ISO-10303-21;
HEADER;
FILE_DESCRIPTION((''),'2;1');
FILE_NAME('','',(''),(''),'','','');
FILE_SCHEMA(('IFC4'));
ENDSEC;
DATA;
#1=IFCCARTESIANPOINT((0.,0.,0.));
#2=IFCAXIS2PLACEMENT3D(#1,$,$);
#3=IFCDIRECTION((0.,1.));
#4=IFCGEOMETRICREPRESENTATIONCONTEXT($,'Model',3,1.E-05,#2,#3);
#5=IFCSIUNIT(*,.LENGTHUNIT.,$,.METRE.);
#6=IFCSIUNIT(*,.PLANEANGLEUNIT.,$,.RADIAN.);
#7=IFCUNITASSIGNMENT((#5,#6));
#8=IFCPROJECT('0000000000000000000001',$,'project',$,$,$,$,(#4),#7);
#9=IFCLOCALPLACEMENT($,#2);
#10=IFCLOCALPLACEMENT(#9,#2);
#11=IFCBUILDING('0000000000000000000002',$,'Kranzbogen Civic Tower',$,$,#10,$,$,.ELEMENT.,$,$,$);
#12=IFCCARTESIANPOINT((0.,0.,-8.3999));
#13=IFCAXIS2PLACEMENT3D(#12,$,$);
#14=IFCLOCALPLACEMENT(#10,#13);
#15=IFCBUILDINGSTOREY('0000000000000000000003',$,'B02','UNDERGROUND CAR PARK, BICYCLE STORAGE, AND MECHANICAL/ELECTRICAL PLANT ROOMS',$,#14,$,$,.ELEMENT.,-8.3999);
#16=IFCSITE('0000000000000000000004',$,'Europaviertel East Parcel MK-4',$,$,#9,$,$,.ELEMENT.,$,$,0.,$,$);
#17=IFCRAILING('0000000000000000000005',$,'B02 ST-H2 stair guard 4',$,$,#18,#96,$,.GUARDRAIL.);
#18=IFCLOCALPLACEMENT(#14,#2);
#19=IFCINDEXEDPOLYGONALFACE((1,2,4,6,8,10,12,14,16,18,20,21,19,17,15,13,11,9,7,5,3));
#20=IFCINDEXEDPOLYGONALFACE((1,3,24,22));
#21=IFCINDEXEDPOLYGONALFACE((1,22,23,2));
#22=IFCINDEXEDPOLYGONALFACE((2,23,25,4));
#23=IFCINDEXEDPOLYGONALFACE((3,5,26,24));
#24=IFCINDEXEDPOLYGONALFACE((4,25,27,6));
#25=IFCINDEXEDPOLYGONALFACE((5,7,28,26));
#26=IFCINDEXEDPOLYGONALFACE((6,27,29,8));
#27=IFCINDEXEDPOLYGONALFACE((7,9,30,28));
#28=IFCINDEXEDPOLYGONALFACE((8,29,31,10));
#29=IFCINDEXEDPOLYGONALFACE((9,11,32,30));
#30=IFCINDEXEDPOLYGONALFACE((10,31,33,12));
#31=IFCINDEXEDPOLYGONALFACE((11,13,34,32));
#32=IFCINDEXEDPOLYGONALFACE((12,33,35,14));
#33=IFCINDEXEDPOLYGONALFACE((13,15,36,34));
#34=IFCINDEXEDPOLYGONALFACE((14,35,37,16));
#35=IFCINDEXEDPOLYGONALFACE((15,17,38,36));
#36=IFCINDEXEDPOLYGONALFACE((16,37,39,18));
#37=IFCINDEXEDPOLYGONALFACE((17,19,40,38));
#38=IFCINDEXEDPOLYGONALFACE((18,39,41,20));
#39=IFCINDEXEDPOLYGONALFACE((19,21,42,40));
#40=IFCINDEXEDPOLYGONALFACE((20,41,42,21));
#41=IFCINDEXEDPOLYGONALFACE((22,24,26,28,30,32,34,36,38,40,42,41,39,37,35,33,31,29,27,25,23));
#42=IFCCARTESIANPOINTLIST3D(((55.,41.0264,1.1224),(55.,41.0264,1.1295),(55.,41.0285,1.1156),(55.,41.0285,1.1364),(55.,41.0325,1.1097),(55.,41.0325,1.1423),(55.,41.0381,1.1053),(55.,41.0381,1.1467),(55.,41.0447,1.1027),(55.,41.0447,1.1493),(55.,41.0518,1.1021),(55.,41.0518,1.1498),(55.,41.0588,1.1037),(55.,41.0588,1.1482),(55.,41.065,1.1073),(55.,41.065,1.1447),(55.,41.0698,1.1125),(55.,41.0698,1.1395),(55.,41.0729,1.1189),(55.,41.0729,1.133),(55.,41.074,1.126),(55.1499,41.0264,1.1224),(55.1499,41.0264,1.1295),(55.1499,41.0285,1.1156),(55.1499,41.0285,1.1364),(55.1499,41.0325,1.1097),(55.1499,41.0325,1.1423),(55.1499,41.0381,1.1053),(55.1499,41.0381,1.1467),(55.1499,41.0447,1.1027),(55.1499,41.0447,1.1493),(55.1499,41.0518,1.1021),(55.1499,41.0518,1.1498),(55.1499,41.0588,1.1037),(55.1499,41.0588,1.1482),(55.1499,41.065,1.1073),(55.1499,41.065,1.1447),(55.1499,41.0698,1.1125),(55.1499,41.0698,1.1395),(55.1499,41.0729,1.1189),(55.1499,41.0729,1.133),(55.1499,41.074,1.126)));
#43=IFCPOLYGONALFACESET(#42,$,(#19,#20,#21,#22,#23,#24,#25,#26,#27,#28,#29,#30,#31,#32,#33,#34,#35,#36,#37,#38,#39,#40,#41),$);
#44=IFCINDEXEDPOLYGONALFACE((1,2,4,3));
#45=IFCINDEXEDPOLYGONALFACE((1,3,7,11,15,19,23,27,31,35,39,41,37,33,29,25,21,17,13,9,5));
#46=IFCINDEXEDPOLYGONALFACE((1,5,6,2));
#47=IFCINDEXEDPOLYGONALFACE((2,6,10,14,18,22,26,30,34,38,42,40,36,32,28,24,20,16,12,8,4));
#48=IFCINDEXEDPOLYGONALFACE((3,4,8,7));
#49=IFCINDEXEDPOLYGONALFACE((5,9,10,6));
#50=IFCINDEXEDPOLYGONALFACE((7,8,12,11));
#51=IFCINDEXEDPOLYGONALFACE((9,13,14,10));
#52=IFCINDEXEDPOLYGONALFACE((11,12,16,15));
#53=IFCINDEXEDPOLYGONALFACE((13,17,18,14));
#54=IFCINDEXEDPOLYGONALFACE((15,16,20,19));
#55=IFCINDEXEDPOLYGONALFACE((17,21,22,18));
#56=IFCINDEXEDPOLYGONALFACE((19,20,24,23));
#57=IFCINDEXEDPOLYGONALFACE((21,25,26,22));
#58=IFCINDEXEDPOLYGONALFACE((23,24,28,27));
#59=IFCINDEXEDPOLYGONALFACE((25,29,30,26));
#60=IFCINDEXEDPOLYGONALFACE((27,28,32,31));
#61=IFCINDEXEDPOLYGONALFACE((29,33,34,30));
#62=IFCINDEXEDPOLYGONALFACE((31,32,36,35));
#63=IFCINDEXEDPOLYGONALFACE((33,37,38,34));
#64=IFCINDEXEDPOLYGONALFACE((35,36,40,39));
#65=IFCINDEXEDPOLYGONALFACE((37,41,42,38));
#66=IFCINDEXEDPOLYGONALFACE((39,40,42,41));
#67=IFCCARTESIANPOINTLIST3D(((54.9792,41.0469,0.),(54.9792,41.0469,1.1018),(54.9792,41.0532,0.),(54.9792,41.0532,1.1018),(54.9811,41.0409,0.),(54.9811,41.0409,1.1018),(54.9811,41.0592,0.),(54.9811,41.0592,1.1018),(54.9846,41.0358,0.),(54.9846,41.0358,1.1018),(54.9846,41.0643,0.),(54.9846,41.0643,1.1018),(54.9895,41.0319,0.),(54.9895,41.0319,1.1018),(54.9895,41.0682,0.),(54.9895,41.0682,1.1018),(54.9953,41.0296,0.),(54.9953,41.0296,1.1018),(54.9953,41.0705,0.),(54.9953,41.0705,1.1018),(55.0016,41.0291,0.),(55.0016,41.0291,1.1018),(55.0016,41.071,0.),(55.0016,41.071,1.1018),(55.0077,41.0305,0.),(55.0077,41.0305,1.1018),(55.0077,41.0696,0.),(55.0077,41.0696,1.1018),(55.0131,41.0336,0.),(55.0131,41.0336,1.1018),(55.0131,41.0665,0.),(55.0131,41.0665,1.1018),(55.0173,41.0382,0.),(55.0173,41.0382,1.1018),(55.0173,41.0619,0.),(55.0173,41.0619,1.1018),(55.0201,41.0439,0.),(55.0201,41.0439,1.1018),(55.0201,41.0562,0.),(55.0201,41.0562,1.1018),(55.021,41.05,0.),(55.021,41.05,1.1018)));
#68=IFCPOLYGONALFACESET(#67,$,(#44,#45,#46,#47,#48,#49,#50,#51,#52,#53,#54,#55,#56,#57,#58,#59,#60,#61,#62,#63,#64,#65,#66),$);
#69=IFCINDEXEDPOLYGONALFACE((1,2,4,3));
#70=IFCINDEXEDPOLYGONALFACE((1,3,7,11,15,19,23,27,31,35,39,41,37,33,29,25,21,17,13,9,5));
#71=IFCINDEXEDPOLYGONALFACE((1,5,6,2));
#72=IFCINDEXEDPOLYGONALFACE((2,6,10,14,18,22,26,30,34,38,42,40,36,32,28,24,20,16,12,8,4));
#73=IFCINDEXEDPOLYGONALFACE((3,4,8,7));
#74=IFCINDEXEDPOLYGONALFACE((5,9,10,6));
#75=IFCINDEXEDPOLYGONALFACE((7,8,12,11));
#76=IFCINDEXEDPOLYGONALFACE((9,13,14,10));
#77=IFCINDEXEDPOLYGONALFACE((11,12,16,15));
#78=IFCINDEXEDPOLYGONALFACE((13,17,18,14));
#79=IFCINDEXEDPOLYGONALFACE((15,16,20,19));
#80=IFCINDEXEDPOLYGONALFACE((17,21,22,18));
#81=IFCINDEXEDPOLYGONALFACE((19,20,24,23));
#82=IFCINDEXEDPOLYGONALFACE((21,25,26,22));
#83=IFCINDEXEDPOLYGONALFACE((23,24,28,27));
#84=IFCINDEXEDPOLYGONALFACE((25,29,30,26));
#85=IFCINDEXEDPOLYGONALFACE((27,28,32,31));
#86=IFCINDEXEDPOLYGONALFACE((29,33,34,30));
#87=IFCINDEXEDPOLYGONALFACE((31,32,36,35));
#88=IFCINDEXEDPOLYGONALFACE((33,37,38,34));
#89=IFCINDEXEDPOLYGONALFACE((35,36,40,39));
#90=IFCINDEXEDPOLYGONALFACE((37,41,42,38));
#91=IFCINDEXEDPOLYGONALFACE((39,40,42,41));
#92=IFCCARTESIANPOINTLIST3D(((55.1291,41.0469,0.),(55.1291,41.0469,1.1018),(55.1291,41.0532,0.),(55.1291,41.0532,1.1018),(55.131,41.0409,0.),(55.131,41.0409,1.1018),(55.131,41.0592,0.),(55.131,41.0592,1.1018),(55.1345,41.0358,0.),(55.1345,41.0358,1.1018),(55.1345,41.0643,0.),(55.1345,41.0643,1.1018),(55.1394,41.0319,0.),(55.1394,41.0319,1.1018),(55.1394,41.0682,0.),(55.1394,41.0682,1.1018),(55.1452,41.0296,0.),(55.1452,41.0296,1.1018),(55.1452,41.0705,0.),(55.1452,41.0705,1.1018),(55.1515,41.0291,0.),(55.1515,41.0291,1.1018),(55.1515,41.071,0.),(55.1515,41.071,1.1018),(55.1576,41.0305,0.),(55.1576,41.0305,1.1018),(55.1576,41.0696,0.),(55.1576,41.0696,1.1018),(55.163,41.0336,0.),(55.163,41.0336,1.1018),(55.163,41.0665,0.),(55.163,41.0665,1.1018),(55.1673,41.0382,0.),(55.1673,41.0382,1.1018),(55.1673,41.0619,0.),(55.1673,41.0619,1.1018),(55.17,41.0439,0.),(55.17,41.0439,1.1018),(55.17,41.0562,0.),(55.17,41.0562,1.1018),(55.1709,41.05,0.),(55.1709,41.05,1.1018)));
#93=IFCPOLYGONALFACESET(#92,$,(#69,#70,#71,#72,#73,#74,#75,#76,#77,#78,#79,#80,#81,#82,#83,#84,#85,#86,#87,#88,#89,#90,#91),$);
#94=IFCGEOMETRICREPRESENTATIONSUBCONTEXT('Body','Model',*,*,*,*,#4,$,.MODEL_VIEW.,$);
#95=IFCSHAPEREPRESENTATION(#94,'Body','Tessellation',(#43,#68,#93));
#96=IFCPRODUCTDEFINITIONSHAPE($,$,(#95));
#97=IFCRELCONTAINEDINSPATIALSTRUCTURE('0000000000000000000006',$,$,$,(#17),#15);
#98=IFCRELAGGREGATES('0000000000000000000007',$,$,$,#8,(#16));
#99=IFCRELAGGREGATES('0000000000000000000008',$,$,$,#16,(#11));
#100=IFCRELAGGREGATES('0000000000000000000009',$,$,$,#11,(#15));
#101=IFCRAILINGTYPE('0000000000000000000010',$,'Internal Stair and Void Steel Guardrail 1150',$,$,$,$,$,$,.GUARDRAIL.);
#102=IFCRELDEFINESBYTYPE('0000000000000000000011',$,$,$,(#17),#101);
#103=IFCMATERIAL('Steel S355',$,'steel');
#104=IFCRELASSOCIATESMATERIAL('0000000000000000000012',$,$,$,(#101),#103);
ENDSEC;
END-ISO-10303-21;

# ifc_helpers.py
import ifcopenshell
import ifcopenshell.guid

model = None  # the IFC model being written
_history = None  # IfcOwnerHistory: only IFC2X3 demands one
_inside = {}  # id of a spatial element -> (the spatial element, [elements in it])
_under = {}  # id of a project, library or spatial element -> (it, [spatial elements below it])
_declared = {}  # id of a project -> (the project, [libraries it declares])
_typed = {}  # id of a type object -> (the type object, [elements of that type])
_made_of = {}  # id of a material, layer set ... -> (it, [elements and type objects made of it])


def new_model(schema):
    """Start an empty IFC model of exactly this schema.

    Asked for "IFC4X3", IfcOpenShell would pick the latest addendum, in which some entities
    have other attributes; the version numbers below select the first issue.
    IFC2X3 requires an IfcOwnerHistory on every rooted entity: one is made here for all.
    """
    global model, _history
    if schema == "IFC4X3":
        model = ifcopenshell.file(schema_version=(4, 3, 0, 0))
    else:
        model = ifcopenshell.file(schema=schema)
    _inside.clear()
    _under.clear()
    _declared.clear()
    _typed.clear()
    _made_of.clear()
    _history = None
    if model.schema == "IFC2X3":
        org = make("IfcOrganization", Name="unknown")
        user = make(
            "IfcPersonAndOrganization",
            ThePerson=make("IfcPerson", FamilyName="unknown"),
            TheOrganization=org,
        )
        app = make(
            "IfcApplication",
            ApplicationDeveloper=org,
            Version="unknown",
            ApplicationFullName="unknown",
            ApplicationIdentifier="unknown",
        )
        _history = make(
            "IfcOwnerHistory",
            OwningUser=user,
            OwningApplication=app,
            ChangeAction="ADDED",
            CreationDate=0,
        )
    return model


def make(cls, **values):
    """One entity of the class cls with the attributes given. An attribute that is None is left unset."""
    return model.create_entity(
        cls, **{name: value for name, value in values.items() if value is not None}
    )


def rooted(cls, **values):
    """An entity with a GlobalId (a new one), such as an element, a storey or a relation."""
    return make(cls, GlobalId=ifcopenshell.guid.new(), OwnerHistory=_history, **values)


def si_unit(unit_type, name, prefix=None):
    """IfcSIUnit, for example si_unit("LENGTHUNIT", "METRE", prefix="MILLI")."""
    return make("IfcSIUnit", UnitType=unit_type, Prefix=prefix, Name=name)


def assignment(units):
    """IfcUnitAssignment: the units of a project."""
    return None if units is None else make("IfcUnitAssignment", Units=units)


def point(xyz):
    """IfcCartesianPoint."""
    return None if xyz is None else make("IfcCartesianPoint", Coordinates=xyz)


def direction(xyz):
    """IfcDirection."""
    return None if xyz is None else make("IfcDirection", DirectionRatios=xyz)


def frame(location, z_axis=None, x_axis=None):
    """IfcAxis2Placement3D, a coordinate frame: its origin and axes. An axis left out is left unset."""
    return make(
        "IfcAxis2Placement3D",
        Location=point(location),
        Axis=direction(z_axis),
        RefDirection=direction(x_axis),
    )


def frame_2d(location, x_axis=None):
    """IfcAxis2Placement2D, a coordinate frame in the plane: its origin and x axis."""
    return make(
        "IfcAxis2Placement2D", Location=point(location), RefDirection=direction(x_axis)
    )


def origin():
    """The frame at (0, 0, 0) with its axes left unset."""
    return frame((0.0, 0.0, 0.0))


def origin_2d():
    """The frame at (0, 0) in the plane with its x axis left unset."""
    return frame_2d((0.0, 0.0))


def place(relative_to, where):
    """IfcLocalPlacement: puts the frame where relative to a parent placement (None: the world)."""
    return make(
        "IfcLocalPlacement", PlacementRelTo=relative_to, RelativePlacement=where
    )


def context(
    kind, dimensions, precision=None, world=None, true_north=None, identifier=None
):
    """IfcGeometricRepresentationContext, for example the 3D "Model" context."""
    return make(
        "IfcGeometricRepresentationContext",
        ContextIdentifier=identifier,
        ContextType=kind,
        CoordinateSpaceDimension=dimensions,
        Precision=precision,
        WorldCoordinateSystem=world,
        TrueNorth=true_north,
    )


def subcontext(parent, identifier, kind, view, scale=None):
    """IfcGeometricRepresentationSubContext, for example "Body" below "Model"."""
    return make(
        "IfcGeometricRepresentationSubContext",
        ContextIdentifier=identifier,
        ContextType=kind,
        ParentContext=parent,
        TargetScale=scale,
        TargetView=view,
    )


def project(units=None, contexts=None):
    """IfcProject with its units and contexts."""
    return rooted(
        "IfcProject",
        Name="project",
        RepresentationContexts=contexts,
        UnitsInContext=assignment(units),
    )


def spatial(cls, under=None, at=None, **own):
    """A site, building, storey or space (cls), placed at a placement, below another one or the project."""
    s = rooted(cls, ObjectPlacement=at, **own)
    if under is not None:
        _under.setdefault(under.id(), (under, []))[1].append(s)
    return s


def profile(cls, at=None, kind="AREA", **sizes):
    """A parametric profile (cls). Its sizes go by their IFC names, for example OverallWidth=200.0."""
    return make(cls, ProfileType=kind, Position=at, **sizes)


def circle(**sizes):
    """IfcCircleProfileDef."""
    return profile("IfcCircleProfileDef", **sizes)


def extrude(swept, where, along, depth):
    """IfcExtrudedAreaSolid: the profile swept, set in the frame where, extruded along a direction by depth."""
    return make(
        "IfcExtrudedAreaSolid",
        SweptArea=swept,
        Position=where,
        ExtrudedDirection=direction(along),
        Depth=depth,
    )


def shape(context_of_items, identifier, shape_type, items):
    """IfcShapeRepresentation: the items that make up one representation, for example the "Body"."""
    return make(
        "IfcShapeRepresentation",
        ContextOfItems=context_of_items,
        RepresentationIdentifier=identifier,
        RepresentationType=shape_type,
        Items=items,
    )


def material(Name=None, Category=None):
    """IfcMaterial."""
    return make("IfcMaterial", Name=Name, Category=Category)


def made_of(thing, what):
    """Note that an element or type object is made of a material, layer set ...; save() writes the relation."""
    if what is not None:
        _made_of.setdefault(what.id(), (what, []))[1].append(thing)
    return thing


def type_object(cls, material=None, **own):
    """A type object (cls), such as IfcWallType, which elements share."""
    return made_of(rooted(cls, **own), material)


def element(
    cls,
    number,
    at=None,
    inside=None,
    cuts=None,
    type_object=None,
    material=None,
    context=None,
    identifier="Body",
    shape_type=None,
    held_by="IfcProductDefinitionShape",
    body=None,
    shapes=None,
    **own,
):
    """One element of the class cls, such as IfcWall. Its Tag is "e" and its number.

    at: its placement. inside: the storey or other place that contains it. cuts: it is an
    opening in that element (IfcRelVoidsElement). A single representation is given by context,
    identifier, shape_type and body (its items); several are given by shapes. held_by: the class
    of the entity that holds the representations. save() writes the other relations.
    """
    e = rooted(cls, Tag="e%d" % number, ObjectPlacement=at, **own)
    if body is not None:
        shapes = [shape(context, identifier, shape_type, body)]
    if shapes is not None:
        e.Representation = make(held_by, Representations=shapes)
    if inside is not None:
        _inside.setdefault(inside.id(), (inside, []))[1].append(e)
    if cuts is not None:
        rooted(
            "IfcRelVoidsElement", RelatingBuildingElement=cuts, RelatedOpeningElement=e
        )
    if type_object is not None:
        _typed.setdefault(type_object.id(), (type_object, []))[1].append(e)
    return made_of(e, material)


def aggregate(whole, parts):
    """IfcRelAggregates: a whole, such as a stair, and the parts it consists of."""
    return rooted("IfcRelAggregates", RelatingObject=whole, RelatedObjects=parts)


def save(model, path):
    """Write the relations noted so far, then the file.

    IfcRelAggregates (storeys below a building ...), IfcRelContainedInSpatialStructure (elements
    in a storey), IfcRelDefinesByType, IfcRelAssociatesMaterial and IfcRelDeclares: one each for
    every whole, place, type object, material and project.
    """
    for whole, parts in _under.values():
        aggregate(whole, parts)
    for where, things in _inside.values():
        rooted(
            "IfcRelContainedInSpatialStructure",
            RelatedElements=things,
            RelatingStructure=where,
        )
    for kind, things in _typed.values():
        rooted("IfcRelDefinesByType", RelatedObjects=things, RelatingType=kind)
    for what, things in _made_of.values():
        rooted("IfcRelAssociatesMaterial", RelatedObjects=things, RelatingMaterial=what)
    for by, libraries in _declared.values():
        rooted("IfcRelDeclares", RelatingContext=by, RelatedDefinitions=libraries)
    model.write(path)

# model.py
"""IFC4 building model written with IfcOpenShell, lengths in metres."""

from ifc_helpers import new_model, si_unit, direction, frame, origin, origin_2d, place, context, subcontext, project, spatial, circle, extrude, material, type_object, element, save


model = new_model("IFC4")

# Units and contexts
model_context = context("Model", 3, precision=1e-05, world=origin(), true_north=direction((0.0, 1.0)))
body_context = subcontext(model_context, "Body", "Model", "MODEL_VIEW")
ifc_project = project(units=[si_unit("LENGTHUNIT", "METRE"), si_unit("PLANEANGLEUNIT", "RADIAN")], contexts=[model_context])

# Site, building, storey
site_placement = place(None, origin())
site = spatial("IfcSite", under=ifc_project, at=site_placement, Name="Europaviertel East Parcel MK-4", CompositionType="ELEMENT", RefElevation=0.0)
building_placement = place(site_placement, origin())
building = spatial("IfcBuilding", under=site, at=building_placement, Name="Kranzbogen Civic Tower", CompositionType="ELEMENT")
storey_placement = place(building_placement, frame((0.0, 0.0, -8.3999)))
storey = spatial("IfcBuildingStorey", under=building, at=storey_placement, Name="B02", Description="UNDERGROUND CAR PARK, BICYCLE STORAGE, AND MECHANICAL/ELECTRICAL PLANT ROOMS", CompositionType="ELEMENT", Elevation=-8.3999)

# Shared definitions
ifc_material_1 = material(Name="Steel S355", Category="steel")

# Railing
railing_type_1 = type_object("IfcRailingType", Name="Internal Stair and Void Steel Guardrail 1150", PredefinedType="GUARDRAIL", material=ifc_material_1)
railing_1_placement = place(storey_placement, frame((55.0, 41.05, 0.0)))
element("IfcRailing", 1, at=railing_1_placement, inside=storey, type_object=railing_type_1, Name="B02 ST-H2 stair guard 4", PredefinedType="GUARDRAIL", context=body_context, shape_type="SweptSolid", body=[
    extrude(circle(Radius=0.0239, at=origin_2d()), frame((0.0, 0.0, 1.126), z_axis=(1.0, 0.0, 0.0), x_axis=(0.0, 1.0, 0.0)), (0.0, 0.0, 1.0), 0.1499),
    extrude(circle(Radius=0.021, at=origin_2d()), origin(), (0.0, 0.0, 1.0), 1.1018),
    extrude(circle(Radius=0.021, at=origin_2d()), frame((0.1499, 0.0, 0.0)), (0.0, 0.0, 1.0), 1.1018),
])

save(model, "model.ifc")
